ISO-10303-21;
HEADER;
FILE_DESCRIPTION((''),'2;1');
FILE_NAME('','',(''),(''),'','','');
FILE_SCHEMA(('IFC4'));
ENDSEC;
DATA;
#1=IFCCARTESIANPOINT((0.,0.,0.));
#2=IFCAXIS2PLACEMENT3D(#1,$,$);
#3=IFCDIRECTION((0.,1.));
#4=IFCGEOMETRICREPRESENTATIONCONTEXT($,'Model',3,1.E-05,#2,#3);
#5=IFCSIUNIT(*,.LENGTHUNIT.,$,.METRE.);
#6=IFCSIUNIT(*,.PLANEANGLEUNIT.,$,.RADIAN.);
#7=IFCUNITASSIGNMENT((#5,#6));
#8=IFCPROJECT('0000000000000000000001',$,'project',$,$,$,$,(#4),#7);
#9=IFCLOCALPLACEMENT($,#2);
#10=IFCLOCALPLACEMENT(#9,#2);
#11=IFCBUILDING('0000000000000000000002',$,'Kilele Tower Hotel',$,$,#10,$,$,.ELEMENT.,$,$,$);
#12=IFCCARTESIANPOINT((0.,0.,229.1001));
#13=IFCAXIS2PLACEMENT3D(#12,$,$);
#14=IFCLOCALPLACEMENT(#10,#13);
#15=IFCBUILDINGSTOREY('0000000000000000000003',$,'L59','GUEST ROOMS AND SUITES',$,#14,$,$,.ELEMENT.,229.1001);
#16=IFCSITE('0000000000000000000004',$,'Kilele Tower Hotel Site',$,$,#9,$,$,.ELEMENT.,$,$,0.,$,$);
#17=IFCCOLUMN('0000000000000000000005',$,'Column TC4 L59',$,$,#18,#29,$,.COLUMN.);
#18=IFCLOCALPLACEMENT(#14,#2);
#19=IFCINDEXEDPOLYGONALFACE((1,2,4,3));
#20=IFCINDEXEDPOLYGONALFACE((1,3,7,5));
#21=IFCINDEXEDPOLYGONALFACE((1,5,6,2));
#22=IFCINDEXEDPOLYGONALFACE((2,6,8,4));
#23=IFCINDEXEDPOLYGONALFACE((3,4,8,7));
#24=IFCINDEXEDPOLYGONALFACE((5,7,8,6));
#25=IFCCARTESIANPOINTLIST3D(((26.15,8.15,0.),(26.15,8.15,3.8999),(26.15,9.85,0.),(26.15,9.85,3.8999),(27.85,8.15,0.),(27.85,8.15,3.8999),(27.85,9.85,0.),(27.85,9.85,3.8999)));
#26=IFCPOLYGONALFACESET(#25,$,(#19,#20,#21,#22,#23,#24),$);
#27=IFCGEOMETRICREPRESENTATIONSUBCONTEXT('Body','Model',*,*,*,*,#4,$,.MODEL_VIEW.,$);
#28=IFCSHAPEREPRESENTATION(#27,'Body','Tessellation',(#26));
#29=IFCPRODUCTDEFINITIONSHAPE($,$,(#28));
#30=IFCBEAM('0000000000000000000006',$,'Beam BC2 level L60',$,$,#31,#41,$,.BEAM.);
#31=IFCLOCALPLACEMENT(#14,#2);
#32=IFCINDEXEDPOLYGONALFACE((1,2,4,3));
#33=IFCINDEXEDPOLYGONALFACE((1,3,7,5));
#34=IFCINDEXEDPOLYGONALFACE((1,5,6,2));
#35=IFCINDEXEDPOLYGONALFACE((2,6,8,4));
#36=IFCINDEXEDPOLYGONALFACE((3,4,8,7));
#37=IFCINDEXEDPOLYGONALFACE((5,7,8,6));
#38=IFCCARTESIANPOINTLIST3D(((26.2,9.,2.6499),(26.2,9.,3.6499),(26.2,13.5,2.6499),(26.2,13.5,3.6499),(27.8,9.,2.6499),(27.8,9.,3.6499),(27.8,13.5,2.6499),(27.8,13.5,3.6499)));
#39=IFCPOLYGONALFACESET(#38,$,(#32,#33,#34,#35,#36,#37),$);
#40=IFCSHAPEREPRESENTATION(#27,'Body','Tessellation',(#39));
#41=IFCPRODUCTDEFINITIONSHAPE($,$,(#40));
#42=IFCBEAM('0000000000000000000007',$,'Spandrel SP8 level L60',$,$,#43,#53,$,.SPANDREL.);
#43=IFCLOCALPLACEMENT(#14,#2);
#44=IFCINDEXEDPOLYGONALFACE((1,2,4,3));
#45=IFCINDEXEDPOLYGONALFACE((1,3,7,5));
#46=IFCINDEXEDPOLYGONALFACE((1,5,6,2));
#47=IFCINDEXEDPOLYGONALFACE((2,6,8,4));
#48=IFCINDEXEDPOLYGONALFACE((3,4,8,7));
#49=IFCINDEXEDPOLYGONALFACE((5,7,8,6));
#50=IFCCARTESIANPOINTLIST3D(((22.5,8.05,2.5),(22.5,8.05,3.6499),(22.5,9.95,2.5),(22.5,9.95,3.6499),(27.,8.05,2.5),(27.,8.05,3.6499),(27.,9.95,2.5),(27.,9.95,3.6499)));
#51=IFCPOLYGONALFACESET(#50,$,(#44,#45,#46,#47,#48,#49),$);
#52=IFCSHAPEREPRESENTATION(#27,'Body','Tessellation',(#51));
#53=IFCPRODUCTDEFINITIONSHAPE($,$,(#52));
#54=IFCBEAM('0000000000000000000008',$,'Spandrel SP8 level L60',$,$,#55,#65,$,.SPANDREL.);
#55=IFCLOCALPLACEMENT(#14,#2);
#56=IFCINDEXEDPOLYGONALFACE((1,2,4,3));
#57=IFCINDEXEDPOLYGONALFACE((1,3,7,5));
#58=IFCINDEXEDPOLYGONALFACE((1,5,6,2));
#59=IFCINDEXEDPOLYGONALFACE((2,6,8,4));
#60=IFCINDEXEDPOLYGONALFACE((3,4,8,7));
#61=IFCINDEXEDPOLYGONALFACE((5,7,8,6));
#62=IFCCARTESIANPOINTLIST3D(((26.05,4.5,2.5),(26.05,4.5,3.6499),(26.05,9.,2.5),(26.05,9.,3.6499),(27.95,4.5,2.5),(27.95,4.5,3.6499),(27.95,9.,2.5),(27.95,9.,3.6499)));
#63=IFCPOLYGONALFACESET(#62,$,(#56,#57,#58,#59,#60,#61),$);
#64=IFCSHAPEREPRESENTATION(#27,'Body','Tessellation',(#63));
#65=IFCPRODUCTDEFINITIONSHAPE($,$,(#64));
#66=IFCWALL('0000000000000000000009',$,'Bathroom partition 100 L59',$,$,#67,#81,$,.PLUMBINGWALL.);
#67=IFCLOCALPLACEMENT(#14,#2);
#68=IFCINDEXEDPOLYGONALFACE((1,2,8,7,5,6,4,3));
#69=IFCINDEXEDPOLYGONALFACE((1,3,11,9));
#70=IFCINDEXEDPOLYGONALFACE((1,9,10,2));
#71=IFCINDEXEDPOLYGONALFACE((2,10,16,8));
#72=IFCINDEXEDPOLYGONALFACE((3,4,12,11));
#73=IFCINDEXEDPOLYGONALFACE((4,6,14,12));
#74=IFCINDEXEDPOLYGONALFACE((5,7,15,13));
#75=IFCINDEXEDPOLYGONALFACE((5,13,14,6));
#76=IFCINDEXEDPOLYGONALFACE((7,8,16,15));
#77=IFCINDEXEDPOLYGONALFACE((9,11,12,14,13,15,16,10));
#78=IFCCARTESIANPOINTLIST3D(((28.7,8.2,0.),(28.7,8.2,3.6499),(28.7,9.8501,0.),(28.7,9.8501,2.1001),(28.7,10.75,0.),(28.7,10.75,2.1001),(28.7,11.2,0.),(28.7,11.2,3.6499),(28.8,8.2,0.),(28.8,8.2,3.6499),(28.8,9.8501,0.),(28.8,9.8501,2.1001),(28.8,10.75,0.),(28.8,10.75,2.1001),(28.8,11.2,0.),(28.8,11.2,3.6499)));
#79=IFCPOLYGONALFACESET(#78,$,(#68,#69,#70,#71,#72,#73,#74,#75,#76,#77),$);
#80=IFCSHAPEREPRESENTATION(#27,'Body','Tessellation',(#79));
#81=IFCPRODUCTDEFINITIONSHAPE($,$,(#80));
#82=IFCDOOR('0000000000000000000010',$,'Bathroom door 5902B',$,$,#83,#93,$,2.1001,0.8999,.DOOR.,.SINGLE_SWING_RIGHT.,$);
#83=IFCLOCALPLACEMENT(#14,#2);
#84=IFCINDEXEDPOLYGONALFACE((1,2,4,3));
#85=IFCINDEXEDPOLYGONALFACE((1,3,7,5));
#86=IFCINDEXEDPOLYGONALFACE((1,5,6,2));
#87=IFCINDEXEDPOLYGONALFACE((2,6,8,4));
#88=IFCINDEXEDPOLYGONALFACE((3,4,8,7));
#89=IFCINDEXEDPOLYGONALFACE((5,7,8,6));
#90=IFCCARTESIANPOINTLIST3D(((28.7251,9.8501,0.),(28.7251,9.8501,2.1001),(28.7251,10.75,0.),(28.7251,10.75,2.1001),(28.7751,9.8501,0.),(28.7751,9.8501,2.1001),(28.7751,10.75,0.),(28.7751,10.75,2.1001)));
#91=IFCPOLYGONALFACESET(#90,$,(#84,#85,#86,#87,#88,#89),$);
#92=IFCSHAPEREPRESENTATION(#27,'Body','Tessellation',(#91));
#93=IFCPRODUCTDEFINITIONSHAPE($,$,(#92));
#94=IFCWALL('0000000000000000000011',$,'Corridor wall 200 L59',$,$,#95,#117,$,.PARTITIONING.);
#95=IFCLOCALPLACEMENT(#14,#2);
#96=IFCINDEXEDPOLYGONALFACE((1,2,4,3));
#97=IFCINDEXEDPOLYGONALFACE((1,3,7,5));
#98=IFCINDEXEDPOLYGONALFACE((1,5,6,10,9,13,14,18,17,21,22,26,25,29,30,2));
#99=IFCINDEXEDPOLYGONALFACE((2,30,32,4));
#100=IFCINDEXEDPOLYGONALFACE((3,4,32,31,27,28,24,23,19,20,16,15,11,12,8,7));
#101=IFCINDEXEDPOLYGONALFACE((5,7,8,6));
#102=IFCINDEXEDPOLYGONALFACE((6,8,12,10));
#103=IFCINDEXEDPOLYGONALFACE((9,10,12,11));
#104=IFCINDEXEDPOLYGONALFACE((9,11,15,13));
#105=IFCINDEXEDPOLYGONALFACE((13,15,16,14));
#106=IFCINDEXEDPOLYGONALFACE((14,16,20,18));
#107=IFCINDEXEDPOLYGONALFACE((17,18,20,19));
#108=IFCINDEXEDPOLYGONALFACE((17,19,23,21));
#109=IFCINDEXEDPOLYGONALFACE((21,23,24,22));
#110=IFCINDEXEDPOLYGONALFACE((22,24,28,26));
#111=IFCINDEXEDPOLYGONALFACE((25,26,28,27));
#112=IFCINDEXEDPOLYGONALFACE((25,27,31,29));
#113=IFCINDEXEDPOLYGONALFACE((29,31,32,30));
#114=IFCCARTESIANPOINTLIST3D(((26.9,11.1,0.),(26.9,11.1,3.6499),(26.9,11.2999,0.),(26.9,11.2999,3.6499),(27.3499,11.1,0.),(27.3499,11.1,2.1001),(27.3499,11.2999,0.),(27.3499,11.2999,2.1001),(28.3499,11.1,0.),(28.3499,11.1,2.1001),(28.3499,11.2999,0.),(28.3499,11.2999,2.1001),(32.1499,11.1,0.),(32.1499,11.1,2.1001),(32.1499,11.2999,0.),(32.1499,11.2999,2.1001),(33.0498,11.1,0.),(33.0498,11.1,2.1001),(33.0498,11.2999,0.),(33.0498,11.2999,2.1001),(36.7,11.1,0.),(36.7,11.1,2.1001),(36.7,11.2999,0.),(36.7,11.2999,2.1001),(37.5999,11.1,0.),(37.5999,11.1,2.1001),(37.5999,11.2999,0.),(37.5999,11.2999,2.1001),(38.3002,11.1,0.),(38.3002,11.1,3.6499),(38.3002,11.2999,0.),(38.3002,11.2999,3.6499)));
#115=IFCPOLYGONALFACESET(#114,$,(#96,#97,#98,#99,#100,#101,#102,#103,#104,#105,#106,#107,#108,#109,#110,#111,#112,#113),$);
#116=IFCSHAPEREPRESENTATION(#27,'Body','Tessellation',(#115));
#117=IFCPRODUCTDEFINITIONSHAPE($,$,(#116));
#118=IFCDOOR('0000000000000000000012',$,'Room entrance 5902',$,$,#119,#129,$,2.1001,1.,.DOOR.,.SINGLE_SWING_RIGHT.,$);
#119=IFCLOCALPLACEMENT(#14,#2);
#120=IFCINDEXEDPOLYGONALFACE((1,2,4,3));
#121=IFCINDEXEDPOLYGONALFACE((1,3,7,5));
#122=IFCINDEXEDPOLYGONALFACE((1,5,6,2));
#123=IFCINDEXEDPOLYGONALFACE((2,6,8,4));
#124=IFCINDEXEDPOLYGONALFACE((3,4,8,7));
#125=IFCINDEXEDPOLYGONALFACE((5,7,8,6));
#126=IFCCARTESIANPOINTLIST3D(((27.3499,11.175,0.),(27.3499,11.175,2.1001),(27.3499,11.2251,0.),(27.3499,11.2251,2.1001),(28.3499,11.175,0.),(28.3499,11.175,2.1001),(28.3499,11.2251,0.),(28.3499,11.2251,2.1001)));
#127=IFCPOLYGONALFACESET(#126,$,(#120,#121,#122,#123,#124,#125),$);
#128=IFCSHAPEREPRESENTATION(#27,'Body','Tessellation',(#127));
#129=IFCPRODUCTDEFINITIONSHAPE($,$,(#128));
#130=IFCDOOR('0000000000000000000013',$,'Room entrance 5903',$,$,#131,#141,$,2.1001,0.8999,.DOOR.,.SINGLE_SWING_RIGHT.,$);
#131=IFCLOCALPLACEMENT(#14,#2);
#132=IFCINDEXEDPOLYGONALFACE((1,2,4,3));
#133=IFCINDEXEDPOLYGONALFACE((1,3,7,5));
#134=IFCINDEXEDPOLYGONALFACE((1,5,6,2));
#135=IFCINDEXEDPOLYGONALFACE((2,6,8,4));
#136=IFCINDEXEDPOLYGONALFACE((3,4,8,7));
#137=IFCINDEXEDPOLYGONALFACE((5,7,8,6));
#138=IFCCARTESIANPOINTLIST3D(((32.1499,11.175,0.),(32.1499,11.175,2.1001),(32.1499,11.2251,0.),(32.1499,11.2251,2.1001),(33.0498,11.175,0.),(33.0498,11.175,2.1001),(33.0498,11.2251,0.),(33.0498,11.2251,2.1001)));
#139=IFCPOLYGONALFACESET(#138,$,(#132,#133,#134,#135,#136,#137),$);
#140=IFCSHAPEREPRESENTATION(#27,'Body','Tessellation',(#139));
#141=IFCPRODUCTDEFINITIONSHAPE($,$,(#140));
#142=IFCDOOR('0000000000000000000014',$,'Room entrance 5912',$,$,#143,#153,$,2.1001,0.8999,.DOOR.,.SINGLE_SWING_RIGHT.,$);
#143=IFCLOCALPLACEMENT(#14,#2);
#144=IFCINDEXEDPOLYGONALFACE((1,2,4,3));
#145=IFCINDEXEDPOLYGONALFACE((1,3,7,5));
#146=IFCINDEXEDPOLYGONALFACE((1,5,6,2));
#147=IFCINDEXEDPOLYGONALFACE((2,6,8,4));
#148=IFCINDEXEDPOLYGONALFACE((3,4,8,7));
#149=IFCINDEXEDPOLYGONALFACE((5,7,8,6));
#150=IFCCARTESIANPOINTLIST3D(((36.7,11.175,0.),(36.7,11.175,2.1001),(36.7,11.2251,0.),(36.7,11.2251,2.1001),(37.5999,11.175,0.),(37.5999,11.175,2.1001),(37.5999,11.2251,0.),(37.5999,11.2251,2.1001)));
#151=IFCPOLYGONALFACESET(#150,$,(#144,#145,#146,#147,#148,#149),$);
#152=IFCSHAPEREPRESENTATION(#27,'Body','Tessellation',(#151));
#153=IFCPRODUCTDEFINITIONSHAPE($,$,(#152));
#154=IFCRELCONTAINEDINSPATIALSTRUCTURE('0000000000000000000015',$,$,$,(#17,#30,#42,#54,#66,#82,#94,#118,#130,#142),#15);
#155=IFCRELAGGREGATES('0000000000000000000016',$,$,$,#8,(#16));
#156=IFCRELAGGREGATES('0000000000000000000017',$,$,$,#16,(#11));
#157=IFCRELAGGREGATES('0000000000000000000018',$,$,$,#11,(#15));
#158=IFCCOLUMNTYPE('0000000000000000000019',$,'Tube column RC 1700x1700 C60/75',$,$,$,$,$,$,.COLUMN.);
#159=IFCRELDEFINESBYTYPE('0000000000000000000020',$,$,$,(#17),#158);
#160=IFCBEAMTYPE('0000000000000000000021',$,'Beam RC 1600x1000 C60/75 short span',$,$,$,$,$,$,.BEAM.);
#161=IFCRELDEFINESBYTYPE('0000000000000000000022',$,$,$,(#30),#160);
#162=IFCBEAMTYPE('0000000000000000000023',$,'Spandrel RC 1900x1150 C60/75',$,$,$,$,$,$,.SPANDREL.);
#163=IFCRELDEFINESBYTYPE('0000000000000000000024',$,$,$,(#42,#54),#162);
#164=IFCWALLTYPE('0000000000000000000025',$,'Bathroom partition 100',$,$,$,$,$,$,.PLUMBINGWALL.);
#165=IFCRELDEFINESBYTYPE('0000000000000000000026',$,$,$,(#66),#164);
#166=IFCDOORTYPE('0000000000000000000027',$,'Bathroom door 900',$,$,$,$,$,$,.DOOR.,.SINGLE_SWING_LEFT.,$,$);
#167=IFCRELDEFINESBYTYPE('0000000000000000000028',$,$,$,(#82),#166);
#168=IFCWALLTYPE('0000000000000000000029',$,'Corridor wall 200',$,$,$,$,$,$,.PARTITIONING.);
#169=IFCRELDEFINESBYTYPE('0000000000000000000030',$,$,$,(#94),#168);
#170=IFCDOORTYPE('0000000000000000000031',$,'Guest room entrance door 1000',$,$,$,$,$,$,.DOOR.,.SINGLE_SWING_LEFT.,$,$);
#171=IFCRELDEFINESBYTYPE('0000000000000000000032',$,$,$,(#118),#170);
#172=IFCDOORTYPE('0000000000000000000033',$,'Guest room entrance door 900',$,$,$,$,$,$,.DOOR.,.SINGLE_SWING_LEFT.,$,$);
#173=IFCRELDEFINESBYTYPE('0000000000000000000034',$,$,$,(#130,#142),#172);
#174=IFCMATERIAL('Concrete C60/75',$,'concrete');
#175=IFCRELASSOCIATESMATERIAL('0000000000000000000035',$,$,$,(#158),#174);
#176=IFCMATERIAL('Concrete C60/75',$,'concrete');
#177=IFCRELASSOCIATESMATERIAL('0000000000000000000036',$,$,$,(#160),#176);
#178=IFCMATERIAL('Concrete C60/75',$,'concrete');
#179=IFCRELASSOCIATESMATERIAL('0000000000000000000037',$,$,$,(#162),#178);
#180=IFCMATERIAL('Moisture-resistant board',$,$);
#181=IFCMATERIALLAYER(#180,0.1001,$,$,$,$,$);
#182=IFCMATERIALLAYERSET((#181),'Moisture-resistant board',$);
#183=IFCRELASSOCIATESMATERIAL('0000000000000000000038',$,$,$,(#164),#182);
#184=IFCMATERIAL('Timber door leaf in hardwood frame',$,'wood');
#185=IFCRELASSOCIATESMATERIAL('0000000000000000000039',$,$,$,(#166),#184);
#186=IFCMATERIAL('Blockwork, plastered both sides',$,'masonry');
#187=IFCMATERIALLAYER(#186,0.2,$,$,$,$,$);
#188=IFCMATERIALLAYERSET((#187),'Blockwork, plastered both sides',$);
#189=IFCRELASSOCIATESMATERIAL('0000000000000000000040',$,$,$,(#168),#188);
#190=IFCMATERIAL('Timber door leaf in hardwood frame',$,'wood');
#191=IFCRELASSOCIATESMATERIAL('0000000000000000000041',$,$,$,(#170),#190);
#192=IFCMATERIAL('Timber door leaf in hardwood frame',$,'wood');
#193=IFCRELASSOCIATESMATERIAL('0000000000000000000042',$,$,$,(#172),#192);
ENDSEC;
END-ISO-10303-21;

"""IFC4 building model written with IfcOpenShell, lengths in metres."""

from ifc_helpers import new_model, si_unit, direction, frame, frame_2d, origin, origin_2d, place, context, subcontext, project, spatial, rectangle, extrude, material, layer, layer_set, material_profile, profile_set, type_object, element, fill, save


model = new_model("IFC4")

# Units and contexts
model_context = context("Model", 3, precision=1e-05, world=origin(), true_north=direction((0.0, 1.0)))
body_context = subcontext(model_context, "Body", "Model", "MODEL_VIEW")
ifc_project = project(units=[si_unit("LENGTHUNIT", "METRE"), si_unit("PLANEANGLEUNIT", "RADIAN")], contexts=[model_context])

# Site, building, storey
site_placement = place(None, origin())
site = spatial("IfcSite", under=ifc_project, at=site_placement, Name="Kilele Tower Hotel Site", CompositionType="ELEMENT", RefElevation=0.0)
building_placement = place(site_placement, origin())
building = spatial("IfcBuilding", under=site, at=building_placement, Name="Kilele Tower Hotel", CompositionType="ELEMENT")
storey_placement = place(building_placement, frame((0.0, 0.0, 229.1001)))
storey = spatial("IfcBuildingStorey", under=building, at=storey_placement, Name="L59", Description="GUEST ROOMS AND SUITES", CompositionType="ELEMENT", Elevation=229.1001)

# Column
ifc_material_1 = material(Name="Concrete C60/75", Category="concrete")
ifc_material_profile_1 = material_profile(ifc_material_1, rectangle(XDim=1.7, YDim=1.7, at=origin_2d()))
ifc_profile_set_1 = profile_set([ifc_material_profile_1], Name="Concrete C60/75")
column_type = type_object("IfcColumnType", Name="Tube column RC 1700x1700 C60/75", PredefinedType="COLUMN", material=ifc_profile_set_1)
column_placement = place(storey_placement, frame((27.0, 9.0, 0.0), z_axis=(0.0, 0.0, 1.0), x_axis=(1.0, 0.0, 0.0)))
element("IfcColumn", 1, at=column_placement, inside=storey, type_object=column_type, Name="Column TC4 L59", PredefinedType="COLUMN", context=body_context, shape_type="SweptSolid", body=[
    extrude(rectangle(XDim=1.7, YDim=1.7, at=origin_2d()), origin(), (0.0, 0.0, 1.0), 3.8999),
])

# Beams
ifc_material_2 = material(Name="Concrete C60/75", Category="concrete")
ifc_material_profile_2 = material_profile(ifc_material_2, rectangle(XDim=1.6001, YDim=1.0, at=origin_2d()))
ifc_profile_set_2 = profile_set([ifc_material_profile_2], Name="Concrete C60/75")
beam_type_1 = type_object("IfcBeamType", Name="Beam RC 1600x1000 C60/75 short span", PredefinedType="BEAM", material=ifc_profile_set_2)
beam_placement = place(storey_placement, frame((27.0, 9.0, 3.1499), z_axis=(0.0, 1.0, 0.0), x_axis=(-1.0, 0.0, 0.0)))
element("IfcBeam", 2, at=beam_placement, inside=storey, type_object=beam_type_1, Name="Beam BC2 level L60", PredefinedType="BEAM", context=body_context, shape_type="SweptSolid", body=[
    extrude(rectangle(XDim=1.6001, YDim=1.0, at=origin_2d()), origin(), (0.0, 0.0, 1.0), 4.5),
])
ifc_material_3 = material(Name="Concrete C60/75", Category="concrete")
ifc_material_profile_3 = material_profile(ifc_material_3, rectangle(XDim=1.8999, YDim=1.1499, at=origin_2d()))
ifc_profile_set_3 = profile_set([ifc_material_profile_3], Name="Concrete C60/75")
beam_type_2 = type_object("IfcBeamType", Name="Spandrel RC 1900x1150 C60/75", PredefinedType="SPANDREL", material=ifc_profile_set_3)
for number, where, z_axis, x_axis, name in (
    (3, (22.5, 9.0, 3.075), (1.0, 0.0, 0.0), (0.0, 1.0, 0.0), "Spandrel SP8 level L60"),
    (4, (27.0, 9.0, 3.075), (0.0, -1.0, 0.0), (1.0, 0.0, 0.0), "Spandrel SP8 level L60"),
):
    element("IfcBeam", number, at=place(storey_placement, frame(where, z_axis=z_axis, x_axis=x_axis)), inside=storey, type_object=beam_type_2, Name=name, PredefinedType="SPANDREL", context=body_context, shape_type="SweptSolid", body=[
        extrude(rectangle(XDim=1.8999, YDim=1.1499, at=origin_2d()), origin(), (0.0, 0.0, 1.0), 4.5),
    ])

# Wall, opening, door
ifc_material_4 = material(Name="Moisture-resistant board")
ifc_layer_1 = layer(ifc_material_4, 0.1001)
ifc_layer_set_1 = layer_set([ifc_layer_1], Name="Moisture-resistant board")
wall_type_1 = type_object("IfcWallType", Name="Bathroom partition 100", PredefinedType="PLUMBINGWALL", material=ifc_layer_set_1)
wall_1_placement = place(storey_placement, frame((28.75, 11.2, 0.0), z_axis=(0.0, 0.0, 1.0), x_axis=(0.0, -1.0, 0.0)))
wall_1 = element("IfcWall", 5, at=wall_1_placement, inside=storey, type_object=wall_type_1, Name="Bathroom partition 100 L59", PredefinedType="PLUMBINGWALL", context=body_context, shape_type="SweptSolid", body=[
    extrude(rectangle(XDim=3.0, YDim=0.1001, at=frame_2d((1.5, 0.0))), origin(), (0.0, 0.0, 1.0), 3.6499),
])
opening_1_placement = place(wall_1_placement, frame((1.3499, 0.0, 0.0), z_axis=(0.0, 0.0, 1.0), x_axis=(-1.0, 0.0, 0.0)))
opening_1 = element("IfcOpeningElement", 6, at=opening_1_placement, cuts=wall_1, PredefinedType="OPENING", context=body_context, shape_type="SweptSolid", body=[
    extrude(rectangle(XDim=0.8999, YDim=2.1001, at=frame_2d((0.45, 1.05))), frame((0.0, 0.0601, 0.0), z_axis=(0.0, -1.0, 0.0), x_axis=(1.0, 0.0, 0.0)), (0.0, 0.0, 1.0), 0.1201),
])
ifc_material_5 = material(Name="Timber door leaf in hardwood frame", Category="wood")
door_type_1 = type_object("IfcDoorType", Name="Bathroom door 900", OperationType="SINGLE_SWING_LEFT", PredefinedType="DOOR", material=ifc_material_5)
door_1_placement = place(opening_1_placement, origin())
door_1 = element("IfcDoor", 7, at=door_1_placement, inside=storey, type_object=door_type_1, Name="Bathroom door 5902B", OperationType="SINGLE_SWING_RIGHT", OverallHeight=2.1001, OverallWidth=0.8999, PredefinedType="DOOR", context=body_context, shape_type="SweptSolid", body=[
    extrude(rectangle(XDim=0.8999, YDim=2.1001, at=frame_2d((0.45, 1.05))), frame((0.0, 0.0249, 0.0), z_axis=(0.0, -1.0, 0.0), x_axis=(1.0, 0.0, 0.0)), (0.0, 0.0, 1.0), 0.05),
])
fill(opening_1, door_1)

# Wall, openings, doors
ifc_material_6 = material(Name="Blockwork, plastered both sides", Category="masonry")
ifc_layer_2 = layer(ifc_material_6, 0.2)
ifc_layer_set_2 = layer_set([ifc_layer_2], Name="Blockwork, plastered both sides")
wall_type_2 = type_object("IfcWallType", Name="Corridor wall 200", PredefinedType="PARTITIONING", material=ifc_layer_set_2)
wall_2_placement = place(storey_placement, frame((26.8999, 11.2, 0.0), z_axis=(0.0, 0.0, 1.0), x_axis=(1.0, 0.0, 0.0)))
wall_2 = element("IfcWall", 8, at=wall_2_placement, inside=storey, type_object=wall_type_2, Name="Corridor wall 200 L59", PredefinedType="PARTITIONING", context=body_context, shape_type="SweptSolid", body=[
    extrude(rectangle(XDim=11.4001, YDim=0.2, at=frame_2d((5.7002, 0.0))), origin(), (0.0, 0.0, 1.0), 3.6499),
])
opening_2_placement = place(wall_2_placement, frame((1.45, 0.0, 0.0), z_axis=(0.0, 0.0, 1.0), x_axis=(-1.0, 0.0, 0.0)))
opening_2 = element("IfcOpeningElement", 9, at=opening_2_placement, cuts=wall_2, PredefinedType="OPENING", context=body_context, shape_type="SweptSolid", body=[
    extrude(rectangle(XDim=1.0, YDim=2.1001, at=frame_2d((0.5, 1.05))), frame((0.0, 0.1099, 0.0), z_axis=(0.0, -1.0, 0.0), x_axis=(1.0, 0.0, 0.0)), (0.0, 0.0, 1.0), 0.22),
])
opening_3_placement = place(wall_2_placement, frame((6.1499, 0.0, 0.0), z_axis=(0.0, 0.0, 1.0), x_axis=(-1.0, 0.0, 0.0)))
opening_3 = element("IfcOpeningElement", 10, at=opening_3_placement, cuts=wall_2, PredefinedType="OPENING", context=body_context, shape_type="SweptSolid", body=[
    extrude(rectangle(XDim=0.8999, YDim=2.1001, at=frame_2d((0.45, 1.05))), frame((0.0, 0.1099, 0.0), z_axis=(0.0, -1.0, 0.0), x_axis=(1.0, 0.0, 0.0)), (0.0, 0.0, 1.0), 0.22),
])
opening_4_placement = place(wall_2_placement, frame((10.7, 0.0, 0.0), z_axis=(0.0, 0.0, 1.0), x_axis=(-1.0, 0.0, 0.0)))
opening_4 = element("IfcOpeningElement", 11, at=opening_4_placement, cuts=wall_2, PredefinedType="OPENING", context=body_context, shape_type="SweptSolid", body=[
    extrude(rectangle(XDim=0.8999, YDim=2.1001, at=frame_2d((0.45, 1.05))), frame((0.0, 0.1099, 0.0), z_axis=(0.0, -1.0, 0.0), x_axis=(1.0, 0.0, 0.0)), (0.0, 0.0, 1.0), 0.22),
])
ifc_material_7 = material(Name="Timber door leaf in hardwood frame", Category="wood")
door_type_2 = type_object("IfcDoorType", Name="Guest room entrance door 1000", OperationType="SINGLE_SWING_LEFT", PredefinedType="DOOR", material=ifc_material_7)
door_2_placement = place(opening_2_placement, origin())
door_2 = element("IfcDoor", 12, at=door_2_placement, inside=storey, type_object=door_type_2, Name="Room entrance 5902", OperationType="SINGLE_SWING_RIGHT", OverallHeight=2.1001, OverallWidth=1.0, PredefinedType="DOOR", context=body_context, shape_type="SweptSolid", body=[
    extrude(rectangle(XDim=1.0, YDim=2.1001, at=frame_2d((0.5, 1.05))), frame((0.0, 0.0249, 0.0), z_axis=(0.0, -1.0, 0.0), x_axis=(1.0, 0.0, 0.0)), (0.0, 0.0, 1.0), 0.05),
])
fill(opening_2, door_2)
ifc_material_8 = material(Name="Timber door leaf in hardwood frame", Category="wood")
door_type_3 = type_object("IfcDoorType", Name="Guest room entrance door 900", OperationType="SINGLE_SWING_LEFT", PredefinedType="DOOR", material=ifc_material_8)
door_3_placement = place(opening_3_placement, origin())
door_3 = element("IfcDoor", 13, at=door_3_placement, inside=storey, type_object=door_type_3, Name="Room entrance 5903", OperationType="SINGLE_SWING_RIGHT", OverallHeight=2.1001, OverallWidth=0.8999, PredefinedType="DOOR", context=body_context, shape_type="SweptSolid", body=[
    extrude(rectangle(XDim=0.8999, YDim=2.1001, at=frame_2d((0.45, 1.05))), frame((0.0, 0.0249, 0.0), z_axis=(0.0, -1.0, 0.0), x_axis=(1.0, 0.0, 0.0)), (0.0, 0.0, 1.0), 0.05),
])
fill(opening_3, door_3)
door_4_placement = place(opening_4_placement, origin())
door_4 = element("IfcDoor", 14, at=door_4_placement, inside=storey, type_object=door_type_3, Name="Room entrance 5912", OperationType="SINGLE_SWING_RIGHT", OverallHeight=2.1001, OverallWidth=0.8999, PredefinedType="DOOR", context=body_context, shape_type="SweptSolid", body=[
    extrude(rectangle(XDim=0.8999, YDim=2.1001, at=frame_2d((0.45, 1.05))), frame((0.0, 0.0249, 0.0), z_axis=(0.0, -1.0, 0.0), x_axis=(1.0, 0.0, 0.0)), (0.0, 0.0, 1.0), 0.05),
])
fill(opening_4, door_4)

save(model, "model.ifc")
